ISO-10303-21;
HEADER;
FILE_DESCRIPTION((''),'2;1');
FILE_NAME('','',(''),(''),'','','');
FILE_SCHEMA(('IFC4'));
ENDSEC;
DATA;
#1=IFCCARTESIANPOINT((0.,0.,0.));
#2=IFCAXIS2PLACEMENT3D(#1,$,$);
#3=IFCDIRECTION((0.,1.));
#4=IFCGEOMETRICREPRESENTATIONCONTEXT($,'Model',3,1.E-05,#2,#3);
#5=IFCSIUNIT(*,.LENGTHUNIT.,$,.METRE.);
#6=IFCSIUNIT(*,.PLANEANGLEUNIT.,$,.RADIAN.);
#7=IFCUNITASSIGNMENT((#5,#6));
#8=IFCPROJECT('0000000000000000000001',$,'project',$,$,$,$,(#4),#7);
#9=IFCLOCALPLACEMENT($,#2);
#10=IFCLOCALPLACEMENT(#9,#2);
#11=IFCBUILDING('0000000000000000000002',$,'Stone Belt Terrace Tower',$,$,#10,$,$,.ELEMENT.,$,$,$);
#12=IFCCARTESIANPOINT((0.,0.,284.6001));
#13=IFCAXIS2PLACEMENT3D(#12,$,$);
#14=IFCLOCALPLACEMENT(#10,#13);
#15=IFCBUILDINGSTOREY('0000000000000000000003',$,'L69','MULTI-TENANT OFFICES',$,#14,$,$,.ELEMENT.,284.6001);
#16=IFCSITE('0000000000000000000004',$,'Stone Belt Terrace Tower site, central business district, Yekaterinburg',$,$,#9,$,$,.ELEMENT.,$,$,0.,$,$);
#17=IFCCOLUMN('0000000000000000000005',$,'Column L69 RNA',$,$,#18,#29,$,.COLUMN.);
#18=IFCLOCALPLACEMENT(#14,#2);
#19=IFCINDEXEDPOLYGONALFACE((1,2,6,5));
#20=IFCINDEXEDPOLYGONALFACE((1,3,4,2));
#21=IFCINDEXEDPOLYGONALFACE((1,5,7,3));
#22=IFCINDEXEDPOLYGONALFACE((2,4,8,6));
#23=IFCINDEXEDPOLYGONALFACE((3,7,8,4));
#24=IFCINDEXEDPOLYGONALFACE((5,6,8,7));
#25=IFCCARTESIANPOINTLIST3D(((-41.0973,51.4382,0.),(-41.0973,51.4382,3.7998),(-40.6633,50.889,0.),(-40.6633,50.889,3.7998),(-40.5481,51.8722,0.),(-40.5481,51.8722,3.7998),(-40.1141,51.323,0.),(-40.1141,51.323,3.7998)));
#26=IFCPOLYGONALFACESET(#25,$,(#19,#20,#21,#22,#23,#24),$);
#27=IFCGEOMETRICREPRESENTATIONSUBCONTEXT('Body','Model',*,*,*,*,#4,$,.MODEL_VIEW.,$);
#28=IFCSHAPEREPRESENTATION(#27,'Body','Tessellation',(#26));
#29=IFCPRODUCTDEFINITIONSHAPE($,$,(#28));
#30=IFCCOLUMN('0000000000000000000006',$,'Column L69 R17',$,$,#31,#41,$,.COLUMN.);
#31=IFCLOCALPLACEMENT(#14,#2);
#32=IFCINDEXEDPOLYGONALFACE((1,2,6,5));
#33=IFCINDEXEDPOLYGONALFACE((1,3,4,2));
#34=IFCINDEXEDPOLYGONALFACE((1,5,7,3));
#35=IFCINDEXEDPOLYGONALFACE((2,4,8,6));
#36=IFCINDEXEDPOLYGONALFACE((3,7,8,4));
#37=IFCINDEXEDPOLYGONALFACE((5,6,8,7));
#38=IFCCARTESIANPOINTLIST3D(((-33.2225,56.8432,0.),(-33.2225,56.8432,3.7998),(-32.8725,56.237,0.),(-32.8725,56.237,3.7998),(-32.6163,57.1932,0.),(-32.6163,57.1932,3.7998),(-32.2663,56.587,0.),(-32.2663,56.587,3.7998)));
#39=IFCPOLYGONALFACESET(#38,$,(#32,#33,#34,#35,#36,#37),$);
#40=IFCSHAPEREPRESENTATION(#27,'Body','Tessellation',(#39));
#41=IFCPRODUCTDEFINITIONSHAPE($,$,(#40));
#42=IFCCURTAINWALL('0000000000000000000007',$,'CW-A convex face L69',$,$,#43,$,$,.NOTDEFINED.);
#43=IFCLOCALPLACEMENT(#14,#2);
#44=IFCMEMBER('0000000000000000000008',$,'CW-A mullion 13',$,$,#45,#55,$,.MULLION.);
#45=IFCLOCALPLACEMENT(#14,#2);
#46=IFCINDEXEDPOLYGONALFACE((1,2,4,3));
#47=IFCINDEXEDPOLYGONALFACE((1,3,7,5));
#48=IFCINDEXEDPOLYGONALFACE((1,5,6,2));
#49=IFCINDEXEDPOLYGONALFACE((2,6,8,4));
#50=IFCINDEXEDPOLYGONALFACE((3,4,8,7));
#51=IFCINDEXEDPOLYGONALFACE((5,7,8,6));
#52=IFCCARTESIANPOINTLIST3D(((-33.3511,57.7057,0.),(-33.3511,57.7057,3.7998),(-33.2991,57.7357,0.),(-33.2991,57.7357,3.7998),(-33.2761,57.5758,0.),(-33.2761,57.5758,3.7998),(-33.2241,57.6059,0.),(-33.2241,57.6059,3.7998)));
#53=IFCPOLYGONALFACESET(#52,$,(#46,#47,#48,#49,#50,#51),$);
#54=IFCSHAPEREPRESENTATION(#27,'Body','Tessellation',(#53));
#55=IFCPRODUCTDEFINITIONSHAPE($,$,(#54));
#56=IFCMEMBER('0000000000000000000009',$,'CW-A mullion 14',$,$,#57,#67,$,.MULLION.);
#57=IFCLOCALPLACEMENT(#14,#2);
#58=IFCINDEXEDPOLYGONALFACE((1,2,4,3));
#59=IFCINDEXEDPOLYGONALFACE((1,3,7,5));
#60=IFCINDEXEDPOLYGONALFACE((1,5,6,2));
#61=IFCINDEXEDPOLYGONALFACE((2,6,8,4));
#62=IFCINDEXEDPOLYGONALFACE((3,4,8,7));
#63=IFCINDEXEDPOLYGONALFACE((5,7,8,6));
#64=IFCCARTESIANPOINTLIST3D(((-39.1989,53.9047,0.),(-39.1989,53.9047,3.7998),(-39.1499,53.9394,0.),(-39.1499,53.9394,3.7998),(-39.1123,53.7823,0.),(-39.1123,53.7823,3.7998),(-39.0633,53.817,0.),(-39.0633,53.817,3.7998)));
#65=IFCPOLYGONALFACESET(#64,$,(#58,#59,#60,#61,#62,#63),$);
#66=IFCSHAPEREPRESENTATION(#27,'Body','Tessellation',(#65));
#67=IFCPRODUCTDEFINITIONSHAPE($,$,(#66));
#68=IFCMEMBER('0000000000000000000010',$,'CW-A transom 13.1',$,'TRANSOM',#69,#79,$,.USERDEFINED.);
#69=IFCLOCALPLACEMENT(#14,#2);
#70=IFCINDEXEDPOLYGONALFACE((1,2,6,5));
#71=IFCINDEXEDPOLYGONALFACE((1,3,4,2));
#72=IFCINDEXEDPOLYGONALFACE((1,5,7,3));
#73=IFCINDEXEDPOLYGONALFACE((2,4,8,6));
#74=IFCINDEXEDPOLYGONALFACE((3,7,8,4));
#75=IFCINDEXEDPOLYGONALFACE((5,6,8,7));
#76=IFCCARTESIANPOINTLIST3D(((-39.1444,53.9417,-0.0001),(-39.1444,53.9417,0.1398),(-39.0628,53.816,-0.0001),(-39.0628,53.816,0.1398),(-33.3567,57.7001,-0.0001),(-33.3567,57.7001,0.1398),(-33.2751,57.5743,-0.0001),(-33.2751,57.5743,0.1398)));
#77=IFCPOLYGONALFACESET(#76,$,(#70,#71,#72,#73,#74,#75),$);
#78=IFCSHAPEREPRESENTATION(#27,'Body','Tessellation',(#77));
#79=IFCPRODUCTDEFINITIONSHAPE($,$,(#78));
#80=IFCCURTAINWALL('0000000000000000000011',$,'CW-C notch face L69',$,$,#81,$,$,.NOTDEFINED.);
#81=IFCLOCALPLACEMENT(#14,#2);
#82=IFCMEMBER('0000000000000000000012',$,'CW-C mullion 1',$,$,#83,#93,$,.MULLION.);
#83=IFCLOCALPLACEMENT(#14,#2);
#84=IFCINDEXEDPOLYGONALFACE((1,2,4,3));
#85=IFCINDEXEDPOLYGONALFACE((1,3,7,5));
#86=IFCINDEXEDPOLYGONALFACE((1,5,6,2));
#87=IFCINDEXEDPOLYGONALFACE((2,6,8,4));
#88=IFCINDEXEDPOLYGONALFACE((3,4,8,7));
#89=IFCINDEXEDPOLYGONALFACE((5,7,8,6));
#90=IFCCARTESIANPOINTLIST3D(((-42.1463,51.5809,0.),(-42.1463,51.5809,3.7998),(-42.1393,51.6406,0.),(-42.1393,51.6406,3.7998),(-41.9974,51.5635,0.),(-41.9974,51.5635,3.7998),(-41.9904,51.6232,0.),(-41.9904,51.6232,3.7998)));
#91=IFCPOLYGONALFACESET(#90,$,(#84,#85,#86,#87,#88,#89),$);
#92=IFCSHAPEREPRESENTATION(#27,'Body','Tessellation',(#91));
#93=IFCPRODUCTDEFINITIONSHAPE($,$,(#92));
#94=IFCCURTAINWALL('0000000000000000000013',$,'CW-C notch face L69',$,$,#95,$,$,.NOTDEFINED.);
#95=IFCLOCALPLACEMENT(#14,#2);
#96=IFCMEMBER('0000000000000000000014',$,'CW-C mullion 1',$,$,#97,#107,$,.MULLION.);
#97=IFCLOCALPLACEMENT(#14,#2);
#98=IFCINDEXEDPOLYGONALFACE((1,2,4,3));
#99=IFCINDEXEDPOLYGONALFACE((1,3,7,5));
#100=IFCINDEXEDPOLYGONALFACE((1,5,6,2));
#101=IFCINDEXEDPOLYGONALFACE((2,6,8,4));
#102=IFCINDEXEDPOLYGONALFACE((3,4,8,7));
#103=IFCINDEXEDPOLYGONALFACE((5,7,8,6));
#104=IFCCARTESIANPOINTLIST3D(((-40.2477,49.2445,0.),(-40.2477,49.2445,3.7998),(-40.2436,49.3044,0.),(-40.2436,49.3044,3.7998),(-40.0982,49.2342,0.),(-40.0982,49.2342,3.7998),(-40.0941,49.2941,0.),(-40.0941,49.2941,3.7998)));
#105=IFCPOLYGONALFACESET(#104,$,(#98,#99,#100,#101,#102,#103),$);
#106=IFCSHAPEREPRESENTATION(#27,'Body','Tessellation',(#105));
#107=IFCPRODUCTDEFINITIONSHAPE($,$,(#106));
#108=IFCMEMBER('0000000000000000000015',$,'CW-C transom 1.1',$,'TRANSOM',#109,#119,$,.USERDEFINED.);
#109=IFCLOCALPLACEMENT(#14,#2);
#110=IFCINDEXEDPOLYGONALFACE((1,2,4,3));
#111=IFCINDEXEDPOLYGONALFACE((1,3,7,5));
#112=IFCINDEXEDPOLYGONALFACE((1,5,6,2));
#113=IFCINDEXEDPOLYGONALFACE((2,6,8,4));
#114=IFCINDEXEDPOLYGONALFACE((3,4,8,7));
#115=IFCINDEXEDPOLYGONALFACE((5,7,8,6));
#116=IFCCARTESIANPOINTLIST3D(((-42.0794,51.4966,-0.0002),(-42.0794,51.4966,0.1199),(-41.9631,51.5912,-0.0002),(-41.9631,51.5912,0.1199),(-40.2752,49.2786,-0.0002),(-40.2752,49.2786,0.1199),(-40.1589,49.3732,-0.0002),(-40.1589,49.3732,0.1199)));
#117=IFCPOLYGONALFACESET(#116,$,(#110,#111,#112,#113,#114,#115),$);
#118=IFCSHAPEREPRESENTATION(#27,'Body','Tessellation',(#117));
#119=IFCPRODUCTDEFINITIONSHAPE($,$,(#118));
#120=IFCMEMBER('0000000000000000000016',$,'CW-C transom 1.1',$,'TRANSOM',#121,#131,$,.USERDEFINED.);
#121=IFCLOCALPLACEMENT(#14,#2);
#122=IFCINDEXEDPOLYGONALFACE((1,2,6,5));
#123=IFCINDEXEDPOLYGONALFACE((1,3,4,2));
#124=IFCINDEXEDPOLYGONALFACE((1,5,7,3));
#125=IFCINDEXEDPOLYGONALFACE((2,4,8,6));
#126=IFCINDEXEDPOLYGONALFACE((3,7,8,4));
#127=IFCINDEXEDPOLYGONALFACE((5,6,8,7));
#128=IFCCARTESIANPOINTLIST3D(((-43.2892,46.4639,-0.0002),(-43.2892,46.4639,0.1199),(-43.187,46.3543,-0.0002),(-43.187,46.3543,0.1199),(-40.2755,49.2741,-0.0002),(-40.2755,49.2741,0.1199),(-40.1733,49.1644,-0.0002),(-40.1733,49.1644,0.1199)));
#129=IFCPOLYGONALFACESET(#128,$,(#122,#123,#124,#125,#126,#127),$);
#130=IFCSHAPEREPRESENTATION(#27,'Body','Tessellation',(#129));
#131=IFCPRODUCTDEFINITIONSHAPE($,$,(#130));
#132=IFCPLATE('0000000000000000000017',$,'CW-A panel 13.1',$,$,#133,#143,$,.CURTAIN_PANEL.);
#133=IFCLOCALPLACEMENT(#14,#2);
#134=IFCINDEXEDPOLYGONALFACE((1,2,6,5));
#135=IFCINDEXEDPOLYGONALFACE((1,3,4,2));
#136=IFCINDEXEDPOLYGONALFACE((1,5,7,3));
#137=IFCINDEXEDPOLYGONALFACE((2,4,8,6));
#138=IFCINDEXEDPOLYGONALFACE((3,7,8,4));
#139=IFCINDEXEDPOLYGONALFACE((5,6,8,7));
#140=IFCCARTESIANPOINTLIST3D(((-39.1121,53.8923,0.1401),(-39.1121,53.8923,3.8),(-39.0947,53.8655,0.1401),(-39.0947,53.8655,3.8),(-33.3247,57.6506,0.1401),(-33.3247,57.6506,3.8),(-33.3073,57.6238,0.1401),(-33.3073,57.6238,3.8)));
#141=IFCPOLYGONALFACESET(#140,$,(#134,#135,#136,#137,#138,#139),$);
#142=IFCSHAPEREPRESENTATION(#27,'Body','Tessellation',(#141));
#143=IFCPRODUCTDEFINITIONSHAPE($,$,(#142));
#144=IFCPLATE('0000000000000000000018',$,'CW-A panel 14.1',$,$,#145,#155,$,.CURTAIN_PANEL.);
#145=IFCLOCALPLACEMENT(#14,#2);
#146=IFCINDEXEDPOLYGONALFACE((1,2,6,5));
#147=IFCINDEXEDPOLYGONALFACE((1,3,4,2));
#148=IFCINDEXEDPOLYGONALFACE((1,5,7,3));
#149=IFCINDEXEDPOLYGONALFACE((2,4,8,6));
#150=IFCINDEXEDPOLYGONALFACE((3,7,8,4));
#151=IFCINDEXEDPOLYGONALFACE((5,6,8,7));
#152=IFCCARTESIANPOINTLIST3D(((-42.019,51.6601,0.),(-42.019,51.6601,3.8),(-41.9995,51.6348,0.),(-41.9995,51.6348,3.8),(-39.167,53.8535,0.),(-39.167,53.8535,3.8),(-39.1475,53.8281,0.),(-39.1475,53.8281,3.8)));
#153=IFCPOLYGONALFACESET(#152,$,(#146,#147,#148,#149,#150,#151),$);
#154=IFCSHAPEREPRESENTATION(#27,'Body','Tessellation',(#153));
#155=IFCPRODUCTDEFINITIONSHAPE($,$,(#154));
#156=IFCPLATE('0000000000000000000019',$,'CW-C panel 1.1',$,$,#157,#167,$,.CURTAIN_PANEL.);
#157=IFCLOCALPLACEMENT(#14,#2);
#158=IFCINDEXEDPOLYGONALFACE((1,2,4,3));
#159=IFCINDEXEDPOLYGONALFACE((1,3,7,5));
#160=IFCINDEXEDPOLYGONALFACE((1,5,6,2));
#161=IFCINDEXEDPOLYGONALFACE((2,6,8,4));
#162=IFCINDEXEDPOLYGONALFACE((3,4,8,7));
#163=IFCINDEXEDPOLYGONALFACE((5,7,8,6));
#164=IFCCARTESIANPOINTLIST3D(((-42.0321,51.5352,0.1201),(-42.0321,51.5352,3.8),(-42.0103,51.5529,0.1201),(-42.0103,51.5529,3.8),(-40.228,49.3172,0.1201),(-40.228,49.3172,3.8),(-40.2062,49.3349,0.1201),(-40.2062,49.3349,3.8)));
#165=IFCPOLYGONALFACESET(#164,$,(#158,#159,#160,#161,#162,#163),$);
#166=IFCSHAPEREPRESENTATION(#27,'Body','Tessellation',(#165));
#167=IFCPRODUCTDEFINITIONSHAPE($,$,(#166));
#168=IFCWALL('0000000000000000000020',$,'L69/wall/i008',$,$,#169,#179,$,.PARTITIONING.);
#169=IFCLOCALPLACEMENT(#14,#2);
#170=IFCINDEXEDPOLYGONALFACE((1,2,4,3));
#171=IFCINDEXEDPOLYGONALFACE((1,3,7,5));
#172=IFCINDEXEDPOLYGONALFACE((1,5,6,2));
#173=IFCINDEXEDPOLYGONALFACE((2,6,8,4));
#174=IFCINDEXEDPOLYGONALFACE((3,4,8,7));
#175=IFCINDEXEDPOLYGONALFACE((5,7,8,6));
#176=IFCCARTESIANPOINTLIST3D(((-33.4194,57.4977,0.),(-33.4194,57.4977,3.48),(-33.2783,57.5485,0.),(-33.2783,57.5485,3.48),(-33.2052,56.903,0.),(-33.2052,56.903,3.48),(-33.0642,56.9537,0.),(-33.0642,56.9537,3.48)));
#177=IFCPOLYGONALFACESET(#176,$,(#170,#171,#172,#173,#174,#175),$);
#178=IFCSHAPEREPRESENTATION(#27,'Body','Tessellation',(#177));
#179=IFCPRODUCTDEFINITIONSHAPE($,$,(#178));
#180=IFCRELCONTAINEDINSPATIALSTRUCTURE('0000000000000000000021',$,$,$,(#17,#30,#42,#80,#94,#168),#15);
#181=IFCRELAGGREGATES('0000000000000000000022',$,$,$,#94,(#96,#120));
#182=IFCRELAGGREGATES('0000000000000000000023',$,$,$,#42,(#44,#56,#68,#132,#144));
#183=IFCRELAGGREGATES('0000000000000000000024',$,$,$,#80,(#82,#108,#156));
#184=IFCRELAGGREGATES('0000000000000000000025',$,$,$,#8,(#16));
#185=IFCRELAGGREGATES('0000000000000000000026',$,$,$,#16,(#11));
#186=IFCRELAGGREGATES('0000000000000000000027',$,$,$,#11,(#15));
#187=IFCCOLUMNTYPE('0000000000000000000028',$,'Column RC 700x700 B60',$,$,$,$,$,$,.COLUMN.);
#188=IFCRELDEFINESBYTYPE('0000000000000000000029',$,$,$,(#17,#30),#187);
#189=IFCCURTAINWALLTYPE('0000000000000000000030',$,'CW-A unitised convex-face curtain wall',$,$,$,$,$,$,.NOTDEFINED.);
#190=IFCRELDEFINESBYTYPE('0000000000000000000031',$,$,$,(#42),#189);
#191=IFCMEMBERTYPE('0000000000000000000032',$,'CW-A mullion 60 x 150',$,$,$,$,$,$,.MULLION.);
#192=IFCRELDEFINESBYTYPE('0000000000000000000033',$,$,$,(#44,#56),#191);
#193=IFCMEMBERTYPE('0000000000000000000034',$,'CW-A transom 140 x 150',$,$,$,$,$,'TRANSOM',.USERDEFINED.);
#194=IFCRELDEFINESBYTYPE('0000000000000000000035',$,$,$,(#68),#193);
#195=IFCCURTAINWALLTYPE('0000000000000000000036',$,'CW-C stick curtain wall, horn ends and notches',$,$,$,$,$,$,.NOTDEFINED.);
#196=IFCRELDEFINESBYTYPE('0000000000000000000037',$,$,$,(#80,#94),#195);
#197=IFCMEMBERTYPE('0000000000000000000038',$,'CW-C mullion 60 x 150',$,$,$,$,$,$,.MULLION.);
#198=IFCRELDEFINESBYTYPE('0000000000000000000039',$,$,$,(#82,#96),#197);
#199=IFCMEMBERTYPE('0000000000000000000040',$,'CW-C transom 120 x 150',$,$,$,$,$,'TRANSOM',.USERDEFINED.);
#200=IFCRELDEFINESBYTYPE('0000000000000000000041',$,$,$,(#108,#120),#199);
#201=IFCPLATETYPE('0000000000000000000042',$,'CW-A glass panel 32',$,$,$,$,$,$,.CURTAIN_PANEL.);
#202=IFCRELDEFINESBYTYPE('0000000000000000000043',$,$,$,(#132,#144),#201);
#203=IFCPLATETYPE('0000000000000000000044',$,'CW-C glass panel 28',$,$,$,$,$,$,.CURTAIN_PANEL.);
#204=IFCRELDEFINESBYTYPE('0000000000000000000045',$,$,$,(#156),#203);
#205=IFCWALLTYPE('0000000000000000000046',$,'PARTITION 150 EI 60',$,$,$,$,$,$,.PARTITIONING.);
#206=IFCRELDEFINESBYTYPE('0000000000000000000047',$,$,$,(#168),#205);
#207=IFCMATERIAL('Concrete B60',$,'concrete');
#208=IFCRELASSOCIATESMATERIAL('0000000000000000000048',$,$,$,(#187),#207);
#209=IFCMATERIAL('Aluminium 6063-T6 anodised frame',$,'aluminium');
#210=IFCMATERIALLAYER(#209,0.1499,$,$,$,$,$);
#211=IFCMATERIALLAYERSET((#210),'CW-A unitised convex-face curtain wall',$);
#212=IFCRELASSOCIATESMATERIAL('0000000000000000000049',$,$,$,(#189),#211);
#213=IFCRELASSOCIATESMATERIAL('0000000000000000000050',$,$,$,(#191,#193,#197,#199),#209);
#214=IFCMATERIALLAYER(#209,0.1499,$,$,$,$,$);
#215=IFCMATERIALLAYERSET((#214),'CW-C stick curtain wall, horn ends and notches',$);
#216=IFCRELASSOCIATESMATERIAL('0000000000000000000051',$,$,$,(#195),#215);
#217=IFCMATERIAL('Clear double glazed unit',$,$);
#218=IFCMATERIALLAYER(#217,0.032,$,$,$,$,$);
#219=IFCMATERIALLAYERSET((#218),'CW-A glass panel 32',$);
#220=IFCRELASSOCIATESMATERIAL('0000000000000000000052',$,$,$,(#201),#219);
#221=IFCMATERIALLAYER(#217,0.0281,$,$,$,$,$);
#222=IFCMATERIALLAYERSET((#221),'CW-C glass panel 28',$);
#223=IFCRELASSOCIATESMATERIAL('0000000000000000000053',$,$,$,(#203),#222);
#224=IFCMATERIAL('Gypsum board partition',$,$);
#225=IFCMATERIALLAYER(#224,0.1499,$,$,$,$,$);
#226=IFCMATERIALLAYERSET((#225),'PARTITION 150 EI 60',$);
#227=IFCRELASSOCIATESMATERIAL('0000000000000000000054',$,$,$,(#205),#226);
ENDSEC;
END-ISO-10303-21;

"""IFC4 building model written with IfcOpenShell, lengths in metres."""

from ifc_helpers import new_model, si_unit, direction, frame, frame_2d, origin, origin_2d, place, context, subcontext, project, spatial, rectangle, extrude, material, layer, layer_set, material_profile, profile_set, type_object, element, aggregate, save


model = new_model("IFC4")

# Units and contexts
model_context = context("Model", 3, precision=1e-05, world=origin(), true_north=direction((0.0, 1.0)))
body_context = subcontext(model_context, "Body", "Model", "MODEL_VIEW")
ifc_project = project(units=[si_unit("LENGTHUNIT", "METRE"), si_unit("PLANEANGLEUNIT", "RADIAN")], contexts=[model_context])

# Site, building, storey
site_placement = place(None, origin())
site = spatial("IfcSite", under=ifc_project, at=site_placement, Name="Stone Belt Terrace Tower site, central business district, Yekaterinburg", CompositionType="ELEMENT", RefElevation=0.0)
building_placement = place(site_placement, origin())
building = spatial("IfcBuilding", under=site, at=building_placement, Name="Stone Belt Terrace Tower", CompositionType="ELEMENT")
storey_placement = place(building_placement, frame((0.0, 0.0, 284.6001)))
storey = spatial("IfcBuildingStorey", under=building, at=storey_placement, Name="L69", Description="MULTI-TENANT OFFICES", CompositionType="ELEMENT", Elevation=284.6001)

# Columns
ifc_material_1 = material(Name="Concrete B60", Category="concrete")
ifc_material_profile_1 = material_profile(ifc_material_1, rectangle(XDim=0.7, YDim=0.7, at=origin_2d()), Name="RC 700x700")
ifc_profile_set_1 = profile_set([ifc_material_profile_1], Name="Concrete B60")
column_type = type_object("IfcColumnType", Name="Column RC 700x700 B60", PredefinedType="COLUMN", material=ifc_profile_set_1)
for number, where, z_axis, x_axis, name in (
    (1, (-40.6057, 51.3806, 0.0), (0.0, 0.0, 1.0), (0.78457, 0.620041, 0.0), "Column L69 RNA"),
    (2, (-32.7444, 56.7151, 0.0), (0.0, 0.0, 1.0), (0.866025, 0.5, 0.0), "Column L69 R17"),
):
    element("IfcColumn", number, at=place(storey_placement, frame(where, z_axis=z_axis, x_axis=x_axis)), inside=storey, type_object=column_type, Name=name, PredefinedType="COLUMN", context=body_context, shape_type="SweptSolid", body=[
        extrude(rectangle(XDim=0.7, YDim=0.7, at=origin_2d()), origin(), (0.0, 0.0, 1.0), 3.7998),
    ])

# Curtain wall, members
ifc_material_2 = material(Name="Aluminium 6063-T6 anodised frame", Category="aluminium")
ifc_layer_1 = layer(ifc_material_2, 0.1499)
ifc_layer_set_1 = layer_set([ifc_layer_1], Name="CW-A unitised convex-face curtain wall")
curtain_wall_type_1 = type_object("IfcCurtainWallType", Name="CW-A unitised convex-face curtain wall", PredefinedType="NOTDEFINED", material=ifc_layer_set_1)
curtain_wall_1_placement = place(storey_placement, origin())
curtain_wall_1 = element("IfcCurtainWall", 3, at=curtain_wall_1_placement, inside=storey, type_object=curtain_wall_type_1, Name="CW-A convex face L69", PredefinedType="NOTDEFINED")
ifc_material_profile_2 = material_profile(ifc_material_2, rectangle(XDim=0.1499, YDim=0.0601, at=origin_2d()), Name="Aluminium 6063-T6 60x150")
ifc_profile_set_2 = profile_set([ifc_material_profile_2], Name="Aluminium 6063-T6 anodised frame")
member_type_1 = type_object("IfcMemberType", Name="CW-A mullion 60 x 150", PredefinedType="MULLION", material=ifc_profile_set_2)
member_1_placement = place(storey_placement, frame((-33.2876, 57.6558, 0.0), z_axis=(0.0, 0.0, 1.0), x_axis=(0.5, -0.866025, 0.0)))
member_1 = element("IfcMember", 4, at=member_1_placement, type_object=member_type_1, Name="CW-A mullion 13", PredefinedType="MULLION", context=body_context, shape_type="SweptSolid", body=[
    extrude(rectangle(XDim=0.1499, YDim=0.0601, at=origin_2d()), origin(), (0.0, 0.0, 1.0), 3.7998),
])
member_2_placement = place(storey_placement, frame((-39.1311, 53.8608, 0.0), z_axis=(0.0, 0.0, 1.0), x_axis=(0.577587, -0.816329, 0.0)))
member_2 = element("IfcMember", 5, at=member_2_placement, type_object=member_type_1, Name="CW-A mullion 14", PredefinedType="MULLION", context=body_context, shape_type="SweptSolid", body=[
    extrude(rectangle(XDim=0.1499, YDim=0.0601, at=origin_2d()), origin(), (0.0, 0.0, 1.0), 3.7998),
])
ifc_material_profile_3 = material_profile(ifc_material_2, rectangle(XDim=0.1499, YDim=0.1399, at=origin_2d()), Name="Aluminium 6063-T6 150x140")
ifc_profile_set_3 = profile_set([ifc_material_profile_3], Name="Aluminium 6063-T6 anodised frame")
member_type_2 = type_object("IfcMemberType", Name="CW-A transom 140 x 150", ElementType="TRANSOM", PredefinedType="USERDEFINED", material=ifc_profile_set_3)
member_3_placement = place(storey_placement, frame((-33.3159, 57.6372, 0.0698), z_axis=(-0.838684, -0.544618, 0.0), x_axis=(0.544618, -0.838684, 0.0)))
member_3 = element("IfcMember", 6, at=member_3_placement, type_object=member_type_2, Name="CW-A transom 13.1", ObjectType="TRANSOM", PredefinedType="USERDEFINED", context=body_context, shape_type="SweptSolid", body=[
    extrude(rectangle(XDim=0.1499, YDim=0.1399, at=origin_2d()), origin(), (0.0, 0.0, 1.0), 6.9009),
])

# Curtain walls, members
ifc_layer_2 = layer(ifc_material_2, 0.1499)
ifc_layer_set_2 = layer_set([ifc_layer_2], Name="CW-C stick curtain wall, horn ends and notches")
curtain_wall_type_2 = type_object("IfcCurtainWallType", Name="CW-C stick curtain wall, horn ends and notches", PredefinedType="NOTDEFINED", material=ifc_layer_set_2)
curtain_wall_2_placement = place(storey_placement, origin())
curtain_wall_2 = element("IfcCurtainWall", 7, at=curtain_wall_2_placement, inside=storey, type_object=curtain_wall_type_2, Name="CW-C notch face L69", PredefinedType="NOTDEFINED")
ifc_material_profile_4 = material_profile(ifc_material_2, rectangle(XDim=0.1499, YDim=0.0601, at=origin_2d()), Name="Aluminium 6063-T6 60x150")
ifc_profile_set_4 = profile_set([ifc_material_profile_4], Name="Aluminium 6063-T6 anodised frame")
member_type_3 = type_object("IfcMemberType", Name="CW-C mullion 60 x 150", PredefinedType="MULLION", material=ifc_profile_set_4)
member_4_placement = place(storey_placement, frame((-42.0684, 51.6021, 0.0), z_axis=(0.0, 0.0, 1.0), x_axis=(0.993258, -0.115925, 0.0)))
member_4 = element("IfcMember", 8, at=member_4_placement, type_object=member_type_3, Name="CW-C mullion 1", PredefinedType="MULLION", context=body_context, shape_type="SweptSolid", body=[
    extrude(rectangle(XDim=0.1499, YDim=0.0601, at=origin_2d()), origin(), (0.0, 0.0, 1.0), 3.7998),
])
curtain_wall_3_placement = place(storey_placement, origin())
curtain_wall_3 = element("IfcCurtainWall", 9, at=curtain_wall_3_placement, inside=storey, type_object=curtain_wall_type_2, Name="CW-C notch face L69", PredefinedType="NOTDEFINED")
member_5_placement = place(storey_placement, frame((-40.1709, 49.2693, 0.0), z_axis=(0.0, 0.0, 1.0), x_axis=(0.99764, -0.068666, 0.0)))
member_5 = element("IfcMember", 10, at=member_5_placement, type_object=member_type_3, Name="CW-C mullion 1", PredefinedType="MULLION", context=body_context, shape_type="SweptSolid", body=[
    extrude(rectangle(XDim=0.1499, YDim=0.0601, at=origin_2d()), origin(), (0.0, 0.0, 1.0), 3.7998),
])

# Members
ifc_material_profile_5 = material_profile(ifc_material_2, rectangle(XDim=0.1499, YDim=0.1201, at=origin_2d()), Name="Aluminium 6063-T6 150x120")
ifc_profile_set_5 = profile_set([ifc_material_profile_5], Name="Aluminium 6063-T6 anodised frame")
member_type_4 = type_object("IfcMemberType", Name="CW-C transom 120 x 150", ElementType="TRANSOM", PredefinedType="USERDEFINED", material=ifc_profile_set_5)
member_6_placement = place(storey_placement, frame((-42.0212, 51.5439, 0.0598), z_axis=(0.631027, -0.775761, 0.0), x_axis=(0.775761, 0.631027, 0.0)))
member_6 = element("IfcMember", 11, at=member_6_placement, type_object=member_type_4, Name="CW-C transom 1.1", ObjectType="TRANSOM", PredefinedType="USERDEFINED", context=body_context, shape_type="SweptSolid", body=[
    extrude(rectangle(XDim=0.1499, YDim=0.1201, at=origin_2d()), origin(), (0.0, 0.0, 1.0), 2.8591),
])
member_7_placement = place(storey_placement, frame((-40.2244, 49.2192, 0.0598), z_axis=(-0.731382, -0.681968, 0.0), x_axis=(0.681968, -0.731382, 0.0)))
member_7 = element("IfcMember", 12, at=member_7_placement, type_object=member_type_4, Name="CW-C transom 1.1", ObjectType="TRANSOM", PredefinedType="USERDEFINED", context=body_context, shape_type="SweptSolid", body=[
    extrude(rectangle(XDim=0.1499, YDim=0.1201, at=origin_2d()), origin(), (0.0, 0.0, 1.0), 4.1206),
])
aggregate(curtain_wall_3, [member_5, member_7])

# Plates
ifc_material_3 = material(Name="Clear double glazed unit")
ifc_layer_3 = layer(ifc_material_3, 0.032)
ifc_layer_set_3 = layer_set([ifc_layer_3], Name="CW-A glass panel 32")
plate_type_1 = type_object("IfcPlateType", Name="CW-A glass panel 32", PredefinedType="CURTAIN_PANEL", material=ifc_layer_set_3)
plate_1_placement = place(storey_placement, frame((-36.2097, 55.7581, 0.1401), z_axis=(0.0, 0.0, 1.0), x_axis=(-0.838671, -0.544639, 0.0)))
plate_1 = element("IfcPlate", 13, at=plate_1_placement, type_object=plate_type_1, Name="CW-A panel 13.1", PredefinedType="CURTAIN_PANEL", context=body_context, shape_type="SweptSolid", body=[
    extrude(rectangle(XDim=6.9006, YDim=0.032, at=origin_2d()), origin(), (0.0, 0.0, 1.0), 3.6599),
])
plate_2_placement = place(storey_placement, frame((-40.5833, 52.7441, 0.0), z_axis=(0.0, 0.0, 1.0), x_axis=(-0.792694, -0.60962, 0.0)))
plate_2 = element("IfcPlate", 14, at=plate_2_placement, type_object=plate_type_1, Name="CW-A panel 14.1", PredefinedType="CURTAIN_PANEL", context=body_context, shape_type="SweptSolid", body=[
    extrude(rectangle(XDim=3.5979, YDim=0.032, at=origin_2d()), origin(), (0.0, 0.0, 1.0), 3.8),
])
aggregate(curtain_wall_1, [member_1, member_2, member_3, plate_1, plate_2])
ifc_layer_4 = layer(ifc_material_3, 0.0281)
ifc_layer_set_4 = layer_set([ifc_layer_4], Name="CW-C glass panel 28")
plate_type_2 = type_object("IfcPlateType", Name="CW-C glass panel 28", PredefinedType="CURTAIN_PANEL", material=ifc_layer_set_4)
plate_3_placement = place(storey_placement, frame((-41.1191, 50.4351, 0.1201), z_axis=(0.0, 0.0, 1.0), x_axis=(0.631001, -0.775782, 0.0)))
plate_3 = element("IfcPlate", 15, at=plate_3_placement, type_object=plate_type_2, Name="CW-C panel 1.1", PredefinedType="CURTAIN_PANEL", context=body_context, shape_type="SweptSolid", body=[
    extrude(rectangle(XDim=2.8591, YDim=0.0281, at=origin_2d()), origin(), (0.0, 0.0, 1.0), 3.6799),
])
aggregate(curtain_wall_2, [member_4, member_6, plate_3])

# Wall
ifc_material_4 = material(Name="Gypsum board partition")
ifc_layer_5 = layer(ifc_material_4, 0.1499)
ifc_layer_set_5 = layer_set([ifc_layer_5], Name="PARTITION 150 EI 60")
wall_type = type_object("IfcWallType", Name="PARTITION 150 EI 60", PredefinedType="PARTITIONING", material=ifc_layer_set_5)
wall_1_placement = place(storey_placement, frame((-33.1348, 56.9285, 0.0), z_axis=(0.0, 0.0, 1.0), x_axis=(-0.338733, 0.940882, 0.0)))
element("IfcWall", 16, at=wall_1_placement, inside=storey, type_object=wall_type, Name="L69/wall/i008", PredefinedType="PARTITIONING", context=body_context, shape_type="SweptSolid", body=[
    extrude(rectangle(XDim=0.6321, YDim=0.1499, at=frame_2d((0.3159, 0.0))), origin(), (0.0, 0.0, 1.0), 3.48),
])

save(model, "model.ifc")
